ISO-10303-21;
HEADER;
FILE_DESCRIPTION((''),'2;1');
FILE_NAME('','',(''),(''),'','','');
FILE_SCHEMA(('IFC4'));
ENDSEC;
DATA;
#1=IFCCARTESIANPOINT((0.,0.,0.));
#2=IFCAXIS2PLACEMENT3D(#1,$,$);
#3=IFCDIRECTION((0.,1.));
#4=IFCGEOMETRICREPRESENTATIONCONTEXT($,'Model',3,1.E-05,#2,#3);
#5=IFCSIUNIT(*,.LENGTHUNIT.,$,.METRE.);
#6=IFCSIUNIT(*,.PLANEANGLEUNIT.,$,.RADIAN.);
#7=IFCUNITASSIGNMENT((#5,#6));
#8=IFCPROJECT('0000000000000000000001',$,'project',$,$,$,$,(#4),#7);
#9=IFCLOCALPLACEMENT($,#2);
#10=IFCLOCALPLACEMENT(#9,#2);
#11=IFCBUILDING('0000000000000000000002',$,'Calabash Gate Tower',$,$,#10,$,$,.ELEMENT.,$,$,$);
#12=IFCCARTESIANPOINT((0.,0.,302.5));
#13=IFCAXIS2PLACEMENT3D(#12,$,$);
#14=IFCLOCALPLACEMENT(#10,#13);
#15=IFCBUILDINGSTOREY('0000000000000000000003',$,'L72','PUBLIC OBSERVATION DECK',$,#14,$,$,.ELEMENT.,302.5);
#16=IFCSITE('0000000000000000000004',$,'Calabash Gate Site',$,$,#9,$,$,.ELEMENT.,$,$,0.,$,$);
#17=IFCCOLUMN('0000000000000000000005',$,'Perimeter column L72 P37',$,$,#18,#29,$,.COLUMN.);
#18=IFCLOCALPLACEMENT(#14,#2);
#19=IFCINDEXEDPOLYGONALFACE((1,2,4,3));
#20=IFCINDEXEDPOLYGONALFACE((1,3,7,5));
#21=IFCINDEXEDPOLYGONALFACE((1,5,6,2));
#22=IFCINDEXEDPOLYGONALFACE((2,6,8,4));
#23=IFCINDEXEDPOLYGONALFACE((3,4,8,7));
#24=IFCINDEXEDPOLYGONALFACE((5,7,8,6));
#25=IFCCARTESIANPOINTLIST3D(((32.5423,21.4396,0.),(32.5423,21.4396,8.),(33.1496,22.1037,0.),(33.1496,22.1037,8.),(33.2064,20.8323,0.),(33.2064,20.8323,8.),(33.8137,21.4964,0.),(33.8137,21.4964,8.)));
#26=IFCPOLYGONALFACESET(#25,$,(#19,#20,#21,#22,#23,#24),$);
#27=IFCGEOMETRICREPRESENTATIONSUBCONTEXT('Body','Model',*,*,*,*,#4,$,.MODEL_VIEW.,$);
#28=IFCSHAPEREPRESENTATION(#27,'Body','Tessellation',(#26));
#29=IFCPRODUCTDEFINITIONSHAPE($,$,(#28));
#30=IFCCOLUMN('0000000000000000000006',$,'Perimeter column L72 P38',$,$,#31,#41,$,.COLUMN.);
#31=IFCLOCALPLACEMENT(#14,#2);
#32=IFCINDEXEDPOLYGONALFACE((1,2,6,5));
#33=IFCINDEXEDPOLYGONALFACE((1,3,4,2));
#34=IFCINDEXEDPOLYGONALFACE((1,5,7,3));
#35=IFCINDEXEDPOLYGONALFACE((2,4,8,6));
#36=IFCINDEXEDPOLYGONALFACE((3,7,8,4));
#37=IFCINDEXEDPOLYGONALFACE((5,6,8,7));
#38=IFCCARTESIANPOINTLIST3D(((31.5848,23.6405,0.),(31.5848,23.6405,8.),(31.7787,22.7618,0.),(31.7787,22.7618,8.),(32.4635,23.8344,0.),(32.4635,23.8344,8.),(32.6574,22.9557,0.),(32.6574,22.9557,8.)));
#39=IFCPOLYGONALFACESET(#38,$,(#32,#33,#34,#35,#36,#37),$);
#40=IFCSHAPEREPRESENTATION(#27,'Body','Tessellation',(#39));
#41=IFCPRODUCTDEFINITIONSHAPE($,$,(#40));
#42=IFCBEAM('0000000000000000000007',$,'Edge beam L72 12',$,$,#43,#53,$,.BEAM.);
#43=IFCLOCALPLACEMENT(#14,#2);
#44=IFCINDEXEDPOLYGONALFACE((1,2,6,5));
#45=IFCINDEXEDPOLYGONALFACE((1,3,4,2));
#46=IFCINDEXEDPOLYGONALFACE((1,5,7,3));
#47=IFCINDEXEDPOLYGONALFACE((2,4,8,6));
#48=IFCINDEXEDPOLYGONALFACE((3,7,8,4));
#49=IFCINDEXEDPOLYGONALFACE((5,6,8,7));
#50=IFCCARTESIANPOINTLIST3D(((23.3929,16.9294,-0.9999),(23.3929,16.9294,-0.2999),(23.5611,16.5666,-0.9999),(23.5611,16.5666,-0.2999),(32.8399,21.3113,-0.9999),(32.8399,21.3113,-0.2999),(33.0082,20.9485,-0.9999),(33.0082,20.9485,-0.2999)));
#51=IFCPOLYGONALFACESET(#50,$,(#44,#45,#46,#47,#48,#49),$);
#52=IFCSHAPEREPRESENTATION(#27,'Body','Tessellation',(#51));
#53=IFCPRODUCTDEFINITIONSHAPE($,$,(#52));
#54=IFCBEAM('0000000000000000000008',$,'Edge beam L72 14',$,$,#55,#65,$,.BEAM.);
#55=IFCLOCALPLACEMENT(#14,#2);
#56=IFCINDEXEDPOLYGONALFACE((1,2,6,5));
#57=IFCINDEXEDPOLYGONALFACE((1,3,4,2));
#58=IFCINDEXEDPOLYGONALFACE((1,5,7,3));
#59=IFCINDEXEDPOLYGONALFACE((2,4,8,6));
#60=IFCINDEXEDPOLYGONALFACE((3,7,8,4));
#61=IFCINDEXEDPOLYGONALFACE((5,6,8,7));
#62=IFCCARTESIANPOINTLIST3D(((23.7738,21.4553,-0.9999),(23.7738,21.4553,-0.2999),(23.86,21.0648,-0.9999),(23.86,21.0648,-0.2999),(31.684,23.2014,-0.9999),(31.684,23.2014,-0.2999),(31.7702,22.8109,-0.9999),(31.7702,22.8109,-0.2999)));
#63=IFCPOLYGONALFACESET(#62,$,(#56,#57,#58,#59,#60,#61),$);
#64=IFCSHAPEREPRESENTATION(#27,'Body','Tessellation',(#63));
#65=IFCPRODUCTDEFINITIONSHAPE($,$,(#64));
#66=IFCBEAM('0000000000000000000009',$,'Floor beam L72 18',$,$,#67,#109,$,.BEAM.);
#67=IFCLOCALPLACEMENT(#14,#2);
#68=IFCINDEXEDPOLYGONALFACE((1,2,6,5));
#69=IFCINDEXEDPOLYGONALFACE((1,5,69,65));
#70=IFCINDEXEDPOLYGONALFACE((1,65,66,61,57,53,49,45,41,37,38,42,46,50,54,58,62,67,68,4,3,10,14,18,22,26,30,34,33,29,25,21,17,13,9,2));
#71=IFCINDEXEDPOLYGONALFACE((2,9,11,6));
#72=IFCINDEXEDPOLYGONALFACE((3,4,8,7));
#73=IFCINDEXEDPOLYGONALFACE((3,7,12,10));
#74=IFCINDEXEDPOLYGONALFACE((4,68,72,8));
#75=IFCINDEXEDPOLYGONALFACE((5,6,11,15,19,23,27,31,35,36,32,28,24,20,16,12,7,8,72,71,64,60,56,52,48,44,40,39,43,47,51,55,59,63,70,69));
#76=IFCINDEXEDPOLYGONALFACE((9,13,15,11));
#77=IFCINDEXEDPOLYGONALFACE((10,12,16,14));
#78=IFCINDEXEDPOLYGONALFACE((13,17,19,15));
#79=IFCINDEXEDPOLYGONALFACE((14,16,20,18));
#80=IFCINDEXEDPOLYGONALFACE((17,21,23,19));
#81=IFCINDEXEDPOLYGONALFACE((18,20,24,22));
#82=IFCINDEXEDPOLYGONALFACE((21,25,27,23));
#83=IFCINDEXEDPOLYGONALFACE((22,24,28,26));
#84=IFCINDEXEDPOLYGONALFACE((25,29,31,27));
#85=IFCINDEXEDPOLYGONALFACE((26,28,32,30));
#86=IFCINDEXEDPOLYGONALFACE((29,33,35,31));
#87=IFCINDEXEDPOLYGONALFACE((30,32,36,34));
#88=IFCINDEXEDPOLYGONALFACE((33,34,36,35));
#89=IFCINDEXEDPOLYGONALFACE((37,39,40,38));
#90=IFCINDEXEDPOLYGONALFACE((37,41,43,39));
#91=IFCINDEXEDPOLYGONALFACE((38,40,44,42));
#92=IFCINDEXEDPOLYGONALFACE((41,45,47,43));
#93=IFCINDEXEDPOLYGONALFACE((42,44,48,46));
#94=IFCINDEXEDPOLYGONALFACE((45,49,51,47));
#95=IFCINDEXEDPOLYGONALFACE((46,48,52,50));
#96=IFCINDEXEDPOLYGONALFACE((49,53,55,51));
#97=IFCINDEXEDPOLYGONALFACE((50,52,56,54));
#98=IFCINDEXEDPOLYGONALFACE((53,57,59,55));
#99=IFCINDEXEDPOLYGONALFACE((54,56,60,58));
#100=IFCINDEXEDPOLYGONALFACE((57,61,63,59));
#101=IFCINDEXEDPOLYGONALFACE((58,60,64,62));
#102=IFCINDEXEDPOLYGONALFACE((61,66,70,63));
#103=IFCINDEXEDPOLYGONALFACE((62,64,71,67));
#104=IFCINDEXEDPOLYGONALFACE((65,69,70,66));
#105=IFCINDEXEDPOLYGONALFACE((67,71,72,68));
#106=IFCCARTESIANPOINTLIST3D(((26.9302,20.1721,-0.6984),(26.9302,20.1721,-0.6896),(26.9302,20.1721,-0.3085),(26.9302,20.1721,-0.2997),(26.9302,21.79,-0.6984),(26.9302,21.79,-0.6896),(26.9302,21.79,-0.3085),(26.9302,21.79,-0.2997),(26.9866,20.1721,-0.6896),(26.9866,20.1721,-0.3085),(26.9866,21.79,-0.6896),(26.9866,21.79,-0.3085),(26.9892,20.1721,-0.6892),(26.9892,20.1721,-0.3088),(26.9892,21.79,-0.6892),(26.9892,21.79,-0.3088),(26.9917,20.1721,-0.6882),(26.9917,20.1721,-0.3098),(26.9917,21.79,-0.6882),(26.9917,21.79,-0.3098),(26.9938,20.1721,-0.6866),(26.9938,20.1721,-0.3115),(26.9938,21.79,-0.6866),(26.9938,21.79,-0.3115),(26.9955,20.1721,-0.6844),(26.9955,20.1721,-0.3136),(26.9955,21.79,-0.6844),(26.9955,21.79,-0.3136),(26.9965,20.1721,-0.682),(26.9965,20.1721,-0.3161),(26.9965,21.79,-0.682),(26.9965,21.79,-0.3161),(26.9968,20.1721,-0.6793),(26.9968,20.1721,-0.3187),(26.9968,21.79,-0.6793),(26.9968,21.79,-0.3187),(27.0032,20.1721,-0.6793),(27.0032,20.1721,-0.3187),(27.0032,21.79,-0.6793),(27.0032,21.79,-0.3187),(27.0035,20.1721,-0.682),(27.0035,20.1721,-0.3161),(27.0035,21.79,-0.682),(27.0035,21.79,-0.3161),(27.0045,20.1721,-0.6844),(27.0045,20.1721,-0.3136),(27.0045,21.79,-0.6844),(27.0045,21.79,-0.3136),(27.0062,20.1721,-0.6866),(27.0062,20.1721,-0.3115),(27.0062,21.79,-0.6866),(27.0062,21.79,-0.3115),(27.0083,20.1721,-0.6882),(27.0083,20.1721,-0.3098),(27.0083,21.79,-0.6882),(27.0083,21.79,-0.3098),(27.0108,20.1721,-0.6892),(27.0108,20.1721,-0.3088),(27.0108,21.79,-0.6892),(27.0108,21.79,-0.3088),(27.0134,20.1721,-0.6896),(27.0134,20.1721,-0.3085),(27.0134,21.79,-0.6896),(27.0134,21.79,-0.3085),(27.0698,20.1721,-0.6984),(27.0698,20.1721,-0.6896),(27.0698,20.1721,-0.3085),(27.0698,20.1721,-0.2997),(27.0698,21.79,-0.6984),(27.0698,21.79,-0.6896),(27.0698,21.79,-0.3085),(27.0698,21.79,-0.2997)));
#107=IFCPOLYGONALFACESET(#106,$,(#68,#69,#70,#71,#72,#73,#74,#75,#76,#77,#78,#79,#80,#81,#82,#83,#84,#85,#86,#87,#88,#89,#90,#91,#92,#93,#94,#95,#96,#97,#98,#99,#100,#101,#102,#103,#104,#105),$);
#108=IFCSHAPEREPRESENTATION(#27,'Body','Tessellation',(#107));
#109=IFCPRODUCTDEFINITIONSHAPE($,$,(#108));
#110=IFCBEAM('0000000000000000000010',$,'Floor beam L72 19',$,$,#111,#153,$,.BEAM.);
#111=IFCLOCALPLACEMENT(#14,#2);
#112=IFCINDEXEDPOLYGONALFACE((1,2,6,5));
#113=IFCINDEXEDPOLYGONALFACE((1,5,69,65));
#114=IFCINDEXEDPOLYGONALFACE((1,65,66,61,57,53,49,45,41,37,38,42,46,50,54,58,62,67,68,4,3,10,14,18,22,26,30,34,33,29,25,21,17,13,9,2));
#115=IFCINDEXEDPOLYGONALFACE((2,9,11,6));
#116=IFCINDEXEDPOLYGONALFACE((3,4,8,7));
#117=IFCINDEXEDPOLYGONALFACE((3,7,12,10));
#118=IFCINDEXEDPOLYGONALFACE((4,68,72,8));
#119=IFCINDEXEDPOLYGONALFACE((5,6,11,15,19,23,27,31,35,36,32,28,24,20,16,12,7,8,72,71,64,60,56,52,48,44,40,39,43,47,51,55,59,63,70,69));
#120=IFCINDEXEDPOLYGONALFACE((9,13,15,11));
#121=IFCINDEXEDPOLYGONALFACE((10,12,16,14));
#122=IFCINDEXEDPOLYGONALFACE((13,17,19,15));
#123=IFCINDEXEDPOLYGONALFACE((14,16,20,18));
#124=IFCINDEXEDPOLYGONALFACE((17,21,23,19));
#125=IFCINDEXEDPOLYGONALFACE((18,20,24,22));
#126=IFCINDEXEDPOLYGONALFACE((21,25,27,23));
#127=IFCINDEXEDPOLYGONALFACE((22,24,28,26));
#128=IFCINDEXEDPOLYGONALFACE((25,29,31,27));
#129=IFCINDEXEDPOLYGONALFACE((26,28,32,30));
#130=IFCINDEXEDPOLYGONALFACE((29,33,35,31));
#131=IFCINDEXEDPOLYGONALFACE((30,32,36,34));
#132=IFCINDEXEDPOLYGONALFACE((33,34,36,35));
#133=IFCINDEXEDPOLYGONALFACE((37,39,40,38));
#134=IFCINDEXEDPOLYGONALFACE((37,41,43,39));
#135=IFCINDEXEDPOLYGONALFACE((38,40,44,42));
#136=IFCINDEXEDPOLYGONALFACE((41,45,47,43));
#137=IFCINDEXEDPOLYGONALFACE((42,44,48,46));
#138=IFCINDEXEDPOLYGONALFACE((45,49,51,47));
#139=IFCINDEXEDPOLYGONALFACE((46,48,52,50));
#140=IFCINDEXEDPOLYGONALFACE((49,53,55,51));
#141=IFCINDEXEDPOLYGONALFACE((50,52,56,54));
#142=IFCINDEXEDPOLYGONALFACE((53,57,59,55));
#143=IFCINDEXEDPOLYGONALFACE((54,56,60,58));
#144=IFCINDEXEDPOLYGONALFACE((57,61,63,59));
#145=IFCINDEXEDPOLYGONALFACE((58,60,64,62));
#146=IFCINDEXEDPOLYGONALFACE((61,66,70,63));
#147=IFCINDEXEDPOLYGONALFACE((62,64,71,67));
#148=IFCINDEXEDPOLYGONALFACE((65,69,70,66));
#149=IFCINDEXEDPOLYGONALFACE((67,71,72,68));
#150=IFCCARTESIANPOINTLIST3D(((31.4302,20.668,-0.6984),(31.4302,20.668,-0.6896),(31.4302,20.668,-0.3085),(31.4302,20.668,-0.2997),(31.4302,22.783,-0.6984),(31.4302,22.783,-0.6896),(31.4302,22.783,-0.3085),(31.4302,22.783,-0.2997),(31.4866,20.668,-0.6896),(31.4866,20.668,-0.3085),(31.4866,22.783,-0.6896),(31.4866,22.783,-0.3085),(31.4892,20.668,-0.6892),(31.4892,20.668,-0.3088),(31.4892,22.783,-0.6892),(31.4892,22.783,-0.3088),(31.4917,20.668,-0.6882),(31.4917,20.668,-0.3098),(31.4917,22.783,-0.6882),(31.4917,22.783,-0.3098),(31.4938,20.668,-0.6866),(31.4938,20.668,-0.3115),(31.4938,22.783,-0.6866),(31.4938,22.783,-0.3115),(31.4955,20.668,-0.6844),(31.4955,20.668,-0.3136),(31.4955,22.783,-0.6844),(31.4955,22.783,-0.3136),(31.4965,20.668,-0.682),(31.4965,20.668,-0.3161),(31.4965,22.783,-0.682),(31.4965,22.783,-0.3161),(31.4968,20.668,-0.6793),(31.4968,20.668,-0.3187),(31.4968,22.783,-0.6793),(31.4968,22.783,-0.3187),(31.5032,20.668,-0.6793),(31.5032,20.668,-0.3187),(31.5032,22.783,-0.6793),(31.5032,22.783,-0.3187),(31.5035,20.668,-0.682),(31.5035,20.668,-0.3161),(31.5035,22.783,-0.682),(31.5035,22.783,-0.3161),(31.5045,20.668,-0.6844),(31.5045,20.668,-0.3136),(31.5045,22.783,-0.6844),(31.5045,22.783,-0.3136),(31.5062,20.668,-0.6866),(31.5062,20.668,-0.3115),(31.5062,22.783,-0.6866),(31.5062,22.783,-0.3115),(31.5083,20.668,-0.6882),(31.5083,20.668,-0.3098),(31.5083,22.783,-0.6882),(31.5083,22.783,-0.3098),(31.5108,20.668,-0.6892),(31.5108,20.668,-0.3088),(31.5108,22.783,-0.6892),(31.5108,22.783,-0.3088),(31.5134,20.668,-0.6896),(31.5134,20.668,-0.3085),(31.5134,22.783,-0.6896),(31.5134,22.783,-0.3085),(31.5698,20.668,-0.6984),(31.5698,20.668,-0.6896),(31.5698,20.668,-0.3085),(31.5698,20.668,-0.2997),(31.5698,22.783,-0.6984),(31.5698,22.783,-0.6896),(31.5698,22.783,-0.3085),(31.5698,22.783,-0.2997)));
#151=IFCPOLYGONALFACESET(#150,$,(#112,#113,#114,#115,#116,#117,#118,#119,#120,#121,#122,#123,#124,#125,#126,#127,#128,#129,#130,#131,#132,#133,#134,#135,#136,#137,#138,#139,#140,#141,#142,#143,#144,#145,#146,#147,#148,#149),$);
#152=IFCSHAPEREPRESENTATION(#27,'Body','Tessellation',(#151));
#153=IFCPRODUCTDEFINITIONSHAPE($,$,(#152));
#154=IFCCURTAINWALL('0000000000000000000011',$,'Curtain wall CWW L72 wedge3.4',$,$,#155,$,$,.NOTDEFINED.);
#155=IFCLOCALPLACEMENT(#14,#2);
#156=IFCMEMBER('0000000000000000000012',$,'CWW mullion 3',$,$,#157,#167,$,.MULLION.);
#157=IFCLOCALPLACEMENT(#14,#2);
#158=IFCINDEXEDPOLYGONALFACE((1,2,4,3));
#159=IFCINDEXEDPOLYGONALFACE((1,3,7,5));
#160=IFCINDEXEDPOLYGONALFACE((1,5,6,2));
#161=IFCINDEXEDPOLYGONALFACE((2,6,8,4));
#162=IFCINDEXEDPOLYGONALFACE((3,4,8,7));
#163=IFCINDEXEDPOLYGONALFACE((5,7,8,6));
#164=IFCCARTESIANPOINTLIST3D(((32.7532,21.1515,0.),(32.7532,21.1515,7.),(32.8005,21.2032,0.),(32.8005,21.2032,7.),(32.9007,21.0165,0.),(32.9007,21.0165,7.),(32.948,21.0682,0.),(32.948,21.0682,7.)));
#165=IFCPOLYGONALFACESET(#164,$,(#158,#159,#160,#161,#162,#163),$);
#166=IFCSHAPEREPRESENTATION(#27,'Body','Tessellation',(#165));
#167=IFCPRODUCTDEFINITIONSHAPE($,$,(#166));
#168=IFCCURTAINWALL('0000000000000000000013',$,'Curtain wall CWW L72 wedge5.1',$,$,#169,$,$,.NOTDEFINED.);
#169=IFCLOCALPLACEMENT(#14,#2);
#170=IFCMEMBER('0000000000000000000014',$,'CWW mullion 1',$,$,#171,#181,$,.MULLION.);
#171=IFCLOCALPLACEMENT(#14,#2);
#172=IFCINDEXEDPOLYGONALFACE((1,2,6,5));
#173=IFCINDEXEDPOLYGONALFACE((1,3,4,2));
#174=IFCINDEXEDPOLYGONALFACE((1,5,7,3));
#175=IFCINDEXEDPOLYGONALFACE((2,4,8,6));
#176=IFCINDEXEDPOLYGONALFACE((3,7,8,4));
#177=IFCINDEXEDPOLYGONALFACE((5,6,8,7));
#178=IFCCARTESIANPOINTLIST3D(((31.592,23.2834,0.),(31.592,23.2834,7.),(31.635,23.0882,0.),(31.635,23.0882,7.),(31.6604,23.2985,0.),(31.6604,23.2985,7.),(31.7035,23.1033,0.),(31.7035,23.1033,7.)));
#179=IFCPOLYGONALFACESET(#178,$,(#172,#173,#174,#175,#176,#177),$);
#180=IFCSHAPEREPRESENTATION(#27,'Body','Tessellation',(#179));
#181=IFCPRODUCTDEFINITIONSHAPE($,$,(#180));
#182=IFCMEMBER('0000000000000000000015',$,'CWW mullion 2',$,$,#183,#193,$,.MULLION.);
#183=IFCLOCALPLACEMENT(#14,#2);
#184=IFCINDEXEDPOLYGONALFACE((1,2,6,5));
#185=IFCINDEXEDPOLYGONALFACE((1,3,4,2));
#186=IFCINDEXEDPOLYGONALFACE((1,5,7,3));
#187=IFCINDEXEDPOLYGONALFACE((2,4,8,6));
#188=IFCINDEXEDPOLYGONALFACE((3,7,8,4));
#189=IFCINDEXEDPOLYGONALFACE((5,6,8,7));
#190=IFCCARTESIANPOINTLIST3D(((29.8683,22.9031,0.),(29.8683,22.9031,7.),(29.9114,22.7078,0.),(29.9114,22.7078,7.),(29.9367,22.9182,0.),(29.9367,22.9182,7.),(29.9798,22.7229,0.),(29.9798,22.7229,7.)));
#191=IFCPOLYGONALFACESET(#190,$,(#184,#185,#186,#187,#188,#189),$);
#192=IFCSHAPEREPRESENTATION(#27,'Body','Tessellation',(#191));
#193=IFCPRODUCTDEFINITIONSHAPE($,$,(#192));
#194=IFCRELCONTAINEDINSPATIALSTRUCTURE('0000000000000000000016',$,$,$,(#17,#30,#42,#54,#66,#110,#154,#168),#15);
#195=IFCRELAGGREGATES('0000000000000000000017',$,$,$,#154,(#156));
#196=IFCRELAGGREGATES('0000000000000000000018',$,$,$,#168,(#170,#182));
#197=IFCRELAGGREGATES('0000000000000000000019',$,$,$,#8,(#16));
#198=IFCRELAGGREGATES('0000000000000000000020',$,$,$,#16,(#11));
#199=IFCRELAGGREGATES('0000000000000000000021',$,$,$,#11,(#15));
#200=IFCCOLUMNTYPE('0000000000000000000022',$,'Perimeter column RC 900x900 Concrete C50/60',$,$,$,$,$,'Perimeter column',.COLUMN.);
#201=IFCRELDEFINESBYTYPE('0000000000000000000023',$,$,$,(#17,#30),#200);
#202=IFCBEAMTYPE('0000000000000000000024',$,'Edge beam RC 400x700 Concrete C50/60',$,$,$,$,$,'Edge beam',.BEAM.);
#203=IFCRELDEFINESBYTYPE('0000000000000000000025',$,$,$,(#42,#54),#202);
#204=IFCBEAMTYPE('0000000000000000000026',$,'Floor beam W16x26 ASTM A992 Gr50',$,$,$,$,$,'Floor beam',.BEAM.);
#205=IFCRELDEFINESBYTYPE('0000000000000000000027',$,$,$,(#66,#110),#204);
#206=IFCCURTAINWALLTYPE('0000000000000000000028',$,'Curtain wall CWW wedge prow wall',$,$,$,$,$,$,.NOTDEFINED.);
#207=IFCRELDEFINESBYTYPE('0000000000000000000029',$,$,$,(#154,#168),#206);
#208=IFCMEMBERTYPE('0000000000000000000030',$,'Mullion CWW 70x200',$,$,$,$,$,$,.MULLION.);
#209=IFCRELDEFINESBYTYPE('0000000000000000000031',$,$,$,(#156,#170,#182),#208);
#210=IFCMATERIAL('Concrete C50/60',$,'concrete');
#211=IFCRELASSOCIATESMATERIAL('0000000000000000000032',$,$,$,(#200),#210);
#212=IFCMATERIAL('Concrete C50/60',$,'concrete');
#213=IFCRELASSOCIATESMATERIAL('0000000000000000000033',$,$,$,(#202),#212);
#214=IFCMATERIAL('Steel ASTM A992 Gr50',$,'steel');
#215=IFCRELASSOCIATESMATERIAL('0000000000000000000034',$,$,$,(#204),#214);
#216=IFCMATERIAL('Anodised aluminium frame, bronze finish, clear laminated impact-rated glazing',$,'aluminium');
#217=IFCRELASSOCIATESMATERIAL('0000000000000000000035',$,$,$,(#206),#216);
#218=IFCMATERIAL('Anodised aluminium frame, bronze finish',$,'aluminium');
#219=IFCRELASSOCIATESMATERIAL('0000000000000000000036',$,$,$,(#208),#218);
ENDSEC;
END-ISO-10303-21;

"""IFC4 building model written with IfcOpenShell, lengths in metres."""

from ifc_helpers import new_model, si_unit, direction, frame, origin, origin_2d, place, context, subcontext, project, spatial, rectangle, i_section, extrude, material, material_profile, profile_set, type_object, element, aggregate, save


model = new_model("IFC4")

# Units and contexts
model_context = context("Model", 3, precision=1e-05, world=origin(), true_north=direction((0.0, 1.0)))
body_context = subcontext(model_context, "Body", "Model", "MODEL_VIEW")
ifc_project = project(units=[si_unit("LENGTHUNIT", "METRE"), si_unit("PLANEANGLEUNIT", "RADIAN")], contexts=[model_context])

# Site, building, storey
site_placement = place(None, origin())
site = spatial("IfcSite", under=ifc_project, at=site_placement, Name="Calabash Gate Site", CompositionType="ELEMENT", RefElevation=0.0)
building_placement = place(site_placement, origin())
building = spatial("IfcBuilding", under=site, at=building_placement, Name="Calabash Gate Tower", CompositionType="ELEMENT")
storey_placement = place(building_placement, frame((0.0, 0.0, 302.5)))
storey = spatial("IfcBuildingStorey", under=building, at=storey_placement, Name="L72", Description="PUBLIC OBSERVATION DECK", CompositionType="ELEMENT", Elevation=302.5)

# Columns
ifc_material_1 = material(Name="Concrete C50/60", Category="concrete")
ifc_material_profile_1 = material_profile(ifc_material_1, rectangle(XDim=0.8999, YDim=0.8999, at=origin_2d()))
ifc_profile_set_1 = profile_set([ifc_material_profile_1], Name="Concrete C50/60")
column_type = type_object("IfcColumnType", Name="Perimeter column RC 900x900 Concrete C50/60", ElementType="Perimeter column", PredefinedType="COLUMN", material=ifc_profile_set_1)
for number, where, z_axis, x_axis, name in (
    (1, (33.178, 21.468, 0.0), (0.0, 0.0, 1.0), (0.674856, 0.737949, 0.0), "Perimeter column L72 P37"),
    (2, (32.1211, 23.2981, 0.0), (0.0, 0.0, 1.0), (-0.976511, -0.215468, 0.0), "Perimeter column L72 P38"),
):
    element("IfcColumn", number, at=place(storey_placement, frame(where, z_axis=z_axis, x_axis=x_axis)), inside=storey, type_object=column_type, Name=name, PredefinedType="COLUMN", context=body_context, shape_type="SweptSolid", body=[
        extrude(rectangle(XDim=0.8999, YDim=0.8999, at=origin_2d()), origin(), (0.0, 0.0, 1.0), 8.0),
    ])

# Beams
ifc_material_2 = material(Name="Concrete C50/60", Category="concrete")
ifc_material_profile_2 = material_profile(ifc_material_2, rectangle(XDim=0.3999, YDim=0.7, at=origin_2d()))
ifc_profile_set_2 = profile_set([ifc_material_profile_2], Name="Concrete C50/60")
beam_type_1 = type_object("IfcBeamType", Name="Edge beam RC 400x700 Concrete C50/60", ElementType="Edge beam", PredefinedType="BEAM", material=ifc_profile_set_2)
beam_1_placement = place(storey_placement, frame((32.9241, 21.1299, -0.6499), z_axis=(-0.907166, -0.420773, 0.0), x_axis=(0.420773, -0.907166, 0.0)))
element("IfcBeam", 3, at=beam_1_placement, inside=storey, type_object=beam_type_1, Name="Edge beam L72 12", PredefinedType="BEAM", context=body_context, shape_type="SweptSolid", body=[
    extrude(rectangle(XDim=0.3999, YDim=0.7, at=origin_2d()), origin(), (0.0, 0.0, 1.0), 10.4138),
])
beam_2_placement = place(storey_placement, frame((31.7271, 23.0061, -0.6499), z_axis=(-0.976492, -0.215552, 0.0), x_axis=(0.215552, -0.976492, 0.0)))
element("IfcBeam", 4, at=beam_2_placement, inside=storey, type_object=beam_type_1, Name="Edge beam L72 14", PredefinedType="BEAM", context=body_context, shape_type="SweptSolid", body=[
    extrude(rectangle(XDim=0.3999, YDim=0.7, at=origin_2d()), origin(), (0.0, 0.0, 1.0), 8.1006),
])
ifc_material_3 = material(Name="Steel ASTM A992 Gr50", Category="steel")
ifc_material_profile_3 = material_profile(ifc_material_3, i_section(OverallWidth=0.1396, OverallDepth=0.3987, WebThickness=0.0063, FlangeThickness=0.0088, FilletRadius=0.0103, at=origin_2d()))
ifc_profile_set_3 = profile_set([ifc_material_profile_3], Name="Steel ASTM A992 Gr50")
beam_type_2 = type_object("IfcBeamType", Name="Floor beam W16x26 ASTM A992 Gr50", ElementType="Floor beam", PredefinedType="BEAM", material=ifc_profile_set_3)
beam_3_placement = place(storey_placement, frame((27.0, 20.1721, -0.499), z_axis=(0.0, 1.0, 0.0), x_axis=(-1.0, 0.0, 0.0)))
element("IfcBeam", 5, at=beam_3_placement, inside=storey, type_object=beam_type_2, Name="Floor beam L72 18", PredefinedType="BEAM", context=body_context, shape_type="SweptSolid", body=[
    extrude(i_section(OverallWidth=0.1396, OverallDepth=0.3987, WebThickness=0.0063, FlangeThickness=0.0088, FilletRadius=0.0103, at=origin_2d()), origin(), (0.0, 0.0, 1.0), 1.6179),
])
beam_4_placement = place(storey_placement, frame((31.5, 20.668, -0.499), z_axis=(0.0, 1.0, 0.0), x_axis=(-1.0, 0.0, 0.0)))
element("IfcBeam", 6, at=beam_4_placement, inside=storey, type_object=beam_type_2, Name="Floor beam L72 19", PredefinedType="BEAM", context=body_context, shape_type="SweptSolid", body=[
    extrude(i_section(OverallWidth=0.1396, OverallDepth=0.3987, WebThickness=0.0063, FlangeThickness=0.0088, FilletRadius=0.0103, at=origin_2d()), origin(), (0.0, 0.0, 1.0), 2.115),
])

# Curtain wall, member
ifc_material_4 = material(Name="Anodised aluminium frame, bronze finish, clear laminated impact-rated glazing", Category="aluminium")
curtain_wall_type = type_object("IfcCurtainWallType", Name="Curtain wall CWW wedge prow wall", PredefinedType="NOTDEFINED", material=ifc_material_4)
curtain_wall_1_placement = place(storey_placement, origin())
curtain_wall_1 = element("IfcCurtainWall", 7, at=curtain_wall_1_placement, inside=storey, type_object=curtain_wall_type, Name="Curtain wall CWW L72 wedge3.4", PredefinedType="NOTDEFINED")
ifc_material_5 = material(Name="Anodised aluminium frame, bronze finish", Category="aluminium")
ifc_material_profile_4 = material_profile(ifc_material_5, rectangle(XDim=0.2, YDim=0.0701, at=origin_2d()))
ifc_profile_set_4 = profile_set([ifc_material_profile_4], Name="Anodised aluminium frame, bronze finish")
member_type_1 = type_object("IfcMemberType", Name="Mullion CWW 70x200", PredefinedType="MULLION", material=ifc_profile_set_4)
member_1_placement = place(storey_placement, frame((32.8506, 21.1099, 0.0), z_axis=(0.0, 0.0, 1.0), x_axis=(-0.737949, 0.674856, 0.0)))
member_1 = element("IfcMember", 8, at=member_1_placement, type_object=member_type_1, Name="CWW mullion 3", PredefinedType="MULLION", context=body_context, shape_type="SweptSolid", body=[
    extrude(rectangle(XDim=0.2, YDim=0.0701, at=origin_2d()), origin(), (0.0, 0.0, 1.0), 7.0),
])

# Curtain wall, members
curtain_wall_2_placement = place(storey_placement, origin())
curtain_wall_2 = element("IfcCurtainWall", 9, at=curtain_wall_2_placement, inside=storey, type_object=curtain_wall_type, Name="Curtain wall CWW L72 wedge5.1", PredefinedType="NOTDEFINED")
member_2_placement = place(storey_placement, frame((31.6477, 23.1934, 0.0), z_axis=(0.0, 0.0, 1.0), x_axis=(0.215468, -0.976511, 0.0)))
member_2 = element("IfcMember", 10, at=member_2_placement, type_object=member_type_1, Name="CWW mullion 1", PredefinedType="MULLION", context=body_context, shape_type="SweptSolid", body=[
    extrude(rectangle(XDim=0.2, YDim=0.0701, at=origin_2d()), origin(), (0.0, 0.0, 1.0), 7.0),
])
member_3_placement = place(storey_placement, frame((29.9241, 22.813, 0.0), z_axis=(0.0, 0.0, 1.0), x_axis=(0.215468, -0.976511, 0.0)))
member_3 = element("IfcMember", 11, at=member_3_placement, type_object=member_type_1, Name="CWW mullion 2", PredefinedType="MULLION", context=body_context, shape_type="SweptSolid", body=[
    extrude(rectangle(XDim=0.2, YDim=0.0701, at=origin_2d()), origin(), (0.0, 0.0, 1.0), 7.0),
])

aggregate(curtain_wall_1, [member_1])
aggregate(curtain_wall_2, [member_2, member_3])

save(model, "model.ifc")
